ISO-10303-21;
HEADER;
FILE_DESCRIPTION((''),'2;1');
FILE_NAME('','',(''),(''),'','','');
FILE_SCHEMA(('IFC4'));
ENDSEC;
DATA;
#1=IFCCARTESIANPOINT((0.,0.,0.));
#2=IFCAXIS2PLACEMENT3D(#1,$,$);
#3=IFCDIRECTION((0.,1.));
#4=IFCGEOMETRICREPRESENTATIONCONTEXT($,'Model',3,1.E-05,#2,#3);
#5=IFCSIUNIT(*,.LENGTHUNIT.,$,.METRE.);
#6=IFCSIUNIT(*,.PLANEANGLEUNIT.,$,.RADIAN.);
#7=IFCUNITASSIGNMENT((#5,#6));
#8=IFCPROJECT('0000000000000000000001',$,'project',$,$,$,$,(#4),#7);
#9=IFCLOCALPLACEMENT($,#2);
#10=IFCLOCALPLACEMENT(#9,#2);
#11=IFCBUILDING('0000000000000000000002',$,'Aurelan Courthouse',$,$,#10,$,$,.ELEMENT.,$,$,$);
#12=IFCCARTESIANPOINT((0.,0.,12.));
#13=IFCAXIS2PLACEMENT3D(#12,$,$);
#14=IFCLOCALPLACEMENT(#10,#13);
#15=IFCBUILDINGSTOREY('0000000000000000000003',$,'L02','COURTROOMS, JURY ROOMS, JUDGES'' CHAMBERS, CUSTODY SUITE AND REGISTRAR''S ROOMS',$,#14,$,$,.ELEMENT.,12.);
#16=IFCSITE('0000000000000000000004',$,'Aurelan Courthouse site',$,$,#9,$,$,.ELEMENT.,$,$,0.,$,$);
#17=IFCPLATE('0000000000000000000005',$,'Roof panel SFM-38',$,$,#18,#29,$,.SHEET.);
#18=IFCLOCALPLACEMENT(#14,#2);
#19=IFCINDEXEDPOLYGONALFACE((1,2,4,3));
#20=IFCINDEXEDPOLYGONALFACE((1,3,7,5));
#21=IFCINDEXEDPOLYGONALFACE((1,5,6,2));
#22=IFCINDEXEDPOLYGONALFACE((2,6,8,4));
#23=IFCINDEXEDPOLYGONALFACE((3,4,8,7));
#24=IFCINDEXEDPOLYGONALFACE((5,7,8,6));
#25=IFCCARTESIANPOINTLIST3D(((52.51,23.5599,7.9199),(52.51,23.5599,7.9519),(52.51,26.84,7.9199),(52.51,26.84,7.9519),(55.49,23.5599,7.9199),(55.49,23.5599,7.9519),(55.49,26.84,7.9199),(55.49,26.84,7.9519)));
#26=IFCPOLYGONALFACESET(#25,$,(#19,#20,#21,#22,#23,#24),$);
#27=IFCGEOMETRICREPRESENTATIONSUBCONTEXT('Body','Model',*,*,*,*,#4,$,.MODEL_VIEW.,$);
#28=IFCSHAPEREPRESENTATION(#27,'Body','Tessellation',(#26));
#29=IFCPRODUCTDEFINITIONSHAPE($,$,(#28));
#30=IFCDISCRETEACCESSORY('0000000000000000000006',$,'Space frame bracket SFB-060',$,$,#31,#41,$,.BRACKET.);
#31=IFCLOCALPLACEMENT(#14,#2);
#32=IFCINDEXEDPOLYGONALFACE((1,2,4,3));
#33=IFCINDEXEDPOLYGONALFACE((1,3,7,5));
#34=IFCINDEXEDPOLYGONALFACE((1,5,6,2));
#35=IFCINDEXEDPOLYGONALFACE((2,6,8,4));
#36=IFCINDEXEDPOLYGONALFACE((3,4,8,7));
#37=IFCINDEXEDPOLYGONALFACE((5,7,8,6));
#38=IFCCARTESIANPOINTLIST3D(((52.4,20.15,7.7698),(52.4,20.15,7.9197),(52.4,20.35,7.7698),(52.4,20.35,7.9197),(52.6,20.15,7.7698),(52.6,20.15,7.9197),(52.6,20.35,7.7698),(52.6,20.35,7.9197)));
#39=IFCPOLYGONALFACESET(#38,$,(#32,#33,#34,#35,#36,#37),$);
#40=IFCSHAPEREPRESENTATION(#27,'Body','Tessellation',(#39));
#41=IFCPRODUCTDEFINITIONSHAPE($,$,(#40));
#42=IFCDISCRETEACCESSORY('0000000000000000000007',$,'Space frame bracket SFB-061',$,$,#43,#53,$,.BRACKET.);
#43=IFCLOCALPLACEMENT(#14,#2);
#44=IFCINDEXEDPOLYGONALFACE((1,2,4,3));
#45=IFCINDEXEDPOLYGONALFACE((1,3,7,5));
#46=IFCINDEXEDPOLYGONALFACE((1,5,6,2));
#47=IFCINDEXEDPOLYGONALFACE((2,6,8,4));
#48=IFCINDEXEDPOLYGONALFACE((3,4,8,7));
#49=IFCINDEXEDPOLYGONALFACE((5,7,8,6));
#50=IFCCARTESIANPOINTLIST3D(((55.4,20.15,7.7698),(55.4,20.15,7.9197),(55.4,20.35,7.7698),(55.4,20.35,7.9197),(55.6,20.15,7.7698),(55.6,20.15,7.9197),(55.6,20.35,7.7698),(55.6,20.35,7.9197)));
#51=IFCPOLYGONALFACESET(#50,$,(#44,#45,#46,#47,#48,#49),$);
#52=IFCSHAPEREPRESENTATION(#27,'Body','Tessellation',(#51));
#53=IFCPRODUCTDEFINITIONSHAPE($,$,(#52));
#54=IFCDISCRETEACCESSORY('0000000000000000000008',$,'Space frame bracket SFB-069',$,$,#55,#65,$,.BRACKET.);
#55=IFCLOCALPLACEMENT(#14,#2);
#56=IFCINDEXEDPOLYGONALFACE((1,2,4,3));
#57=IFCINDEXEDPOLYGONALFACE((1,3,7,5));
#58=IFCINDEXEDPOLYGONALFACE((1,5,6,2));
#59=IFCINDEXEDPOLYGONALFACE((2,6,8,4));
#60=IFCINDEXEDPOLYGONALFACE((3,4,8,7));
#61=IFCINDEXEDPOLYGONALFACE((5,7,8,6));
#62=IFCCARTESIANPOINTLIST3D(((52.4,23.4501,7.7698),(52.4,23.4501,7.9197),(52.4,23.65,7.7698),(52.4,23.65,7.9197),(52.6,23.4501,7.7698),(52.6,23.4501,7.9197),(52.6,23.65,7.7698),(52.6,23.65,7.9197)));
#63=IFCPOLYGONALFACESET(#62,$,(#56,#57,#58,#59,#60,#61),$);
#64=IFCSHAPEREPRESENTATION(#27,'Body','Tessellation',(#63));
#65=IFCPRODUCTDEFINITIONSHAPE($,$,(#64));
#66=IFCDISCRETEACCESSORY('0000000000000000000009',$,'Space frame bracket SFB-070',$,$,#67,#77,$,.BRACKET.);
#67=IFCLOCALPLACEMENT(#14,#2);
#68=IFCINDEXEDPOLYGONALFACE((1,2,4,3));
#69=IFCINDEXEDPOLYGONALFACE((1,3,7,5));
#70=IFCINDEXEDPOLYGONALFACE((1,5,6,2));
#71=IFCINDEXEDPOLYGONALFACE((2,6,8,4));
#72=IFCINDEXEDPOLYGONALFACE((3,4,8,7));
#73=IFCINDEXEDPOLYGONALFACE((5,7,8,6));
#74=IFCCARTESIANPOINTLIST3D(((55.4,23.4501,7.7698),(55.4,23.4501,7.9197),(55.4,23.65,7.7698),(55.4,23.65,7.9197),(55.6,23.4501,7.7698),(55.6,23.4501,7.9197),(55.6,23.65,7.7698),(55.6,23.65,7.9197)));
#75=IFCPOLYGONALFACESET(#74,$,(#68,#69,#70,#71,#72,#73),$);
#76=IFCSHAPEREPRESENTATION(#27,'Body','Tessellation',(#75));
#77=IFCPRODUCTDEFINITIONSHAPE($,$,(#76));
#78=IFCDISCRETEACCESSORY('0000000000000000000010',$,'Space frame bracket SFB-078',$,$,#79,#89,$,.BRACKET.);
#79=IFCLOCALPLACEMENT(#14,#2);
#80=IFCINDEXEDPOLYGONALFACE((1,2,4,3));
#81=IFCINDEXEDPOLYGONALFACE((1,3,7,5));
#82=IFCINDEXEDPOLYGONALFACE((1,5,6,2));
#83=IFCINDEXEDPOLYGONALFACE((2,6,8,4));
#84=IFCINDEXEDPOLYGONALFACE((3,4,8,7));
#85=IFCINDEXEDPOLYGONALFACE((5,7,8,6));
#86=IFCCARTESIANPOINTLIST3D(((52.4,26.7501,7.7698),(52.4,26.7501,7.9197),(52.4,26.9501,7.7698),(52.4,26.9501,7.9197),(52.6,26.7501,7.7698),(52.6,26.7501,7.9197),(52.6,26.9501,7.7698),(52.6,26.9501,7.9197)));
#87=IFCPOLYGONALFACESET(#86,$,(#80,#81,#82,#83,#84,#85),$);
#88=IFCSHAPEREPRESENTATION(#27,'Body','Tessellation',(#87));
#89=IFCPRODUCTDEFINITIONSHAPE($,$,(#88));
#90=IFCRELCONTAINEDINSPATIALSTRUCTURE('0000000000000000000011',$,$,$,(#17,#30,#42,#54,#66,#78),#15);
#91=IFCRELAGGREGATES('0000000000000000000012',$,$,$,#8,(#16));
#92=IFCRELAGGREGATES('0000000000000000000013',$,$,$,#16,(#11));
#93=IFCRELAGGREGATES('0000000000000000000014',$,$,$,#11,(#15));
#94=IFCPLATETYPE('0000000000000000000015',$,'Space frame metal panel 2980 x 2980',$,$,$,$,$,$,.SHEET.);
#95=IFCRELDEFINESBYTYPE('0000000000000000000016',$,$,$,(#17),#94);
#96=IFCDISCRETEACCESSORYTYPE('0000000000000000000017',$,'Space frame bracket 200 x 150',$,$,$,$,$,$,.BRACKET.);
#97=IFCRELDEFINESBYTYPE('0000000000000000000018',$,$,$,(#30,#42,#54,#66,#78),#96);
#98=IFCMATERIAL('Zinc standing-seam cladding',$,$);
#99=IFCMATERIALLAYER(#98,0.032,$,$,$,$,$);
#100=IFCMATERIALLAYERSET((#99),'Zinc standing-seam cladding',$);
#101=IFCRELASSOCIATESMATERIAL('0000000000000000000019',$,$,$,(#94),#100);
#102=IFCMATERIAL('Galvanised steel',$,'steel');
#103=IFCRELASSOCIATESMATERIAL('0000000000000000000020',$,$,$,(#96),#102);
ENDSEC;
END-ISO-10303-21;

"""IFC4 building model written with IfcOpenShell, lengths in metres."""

from ifc_helpers import new_model, si_unit, direction, frame, origin, origin_2d, place, context, subcontext, project, spatial, rectangle, extrude, material, layer, layer_set, type_object, element, save


model = new_model("IFC4")

# Units and contexts
model_context = context("Model", 3, precision=1e-05, world=origin(), true_north=direction((0.0, 1.0)))
body_context = subcontext(model_context, "Body", "Model", "MODEL_VIEW")
ifc_project = project(units=[si_unit("LENGTHUNIT", "METRE"), si_unit("PLANEANGLEUNIT", "RADIAN")], contexts=[model_context])

# Site, building, storey
site_placement = place(None, origin())
site = spatial("IfcSite", under=ifc_project, at=site_placement, Name="Aurelan Courthouse site", CompositionType="ELEMENT", RefElevation=0.0)
building_placement = place(site_placement, origin())
building = spatial("IfcBuilding", under=site, at=building_placement, Name="Aurelan Courthouse", CompositionType="ELEMENT")
storey_placement = place(building_placement, frame((0.0, 0.0, 12.0)))
storey = spatial("IfcBuildingStorey", under=building, at=storey_placement, Name="L02", Description="COURTROOMS, JURY ROOMS, JUDGES' CHAMBERS, CUSTODY SUITE AND REGISTRAR'S ROOMS", CompositionType="ELEMENT", Elevation=12.0)

# Plate
ifc_material_1 = material(Name="Zinc standing-seam cladding")
ifc_layer_1 = layer(ifc_material_1, 0.032)
ifc_layer_set_1 = layer_set([ifc_layer_1], Name="Zinc standing-seam cladding")
plate_type_1 = type_object("IfcPlateType", Name="Space frame metal panel 2980 x 2980", PredefinedType="SHEET", material=ifc_layer_set_1)
plate_1_placement = place(storey_placement, frame((54.0, 25.2, 7.9199), z_axis=(0.0, 0.0, 1.0), x_axis=(1.0, 0.0, 0.0)))
element("IfcPlate", 1, at=plate_1_placement, inside=storey, type_object=plate_type_1, Name="Roof panel SFM-38", PredefinedType="SHEET", context=body_context, shape_type="SweptSolid", body=[
    extrude(rectangle(XDim=2.98, YDim=3.28, at=origin_2d()), origin(), (0.0, 0.0, 1.0), 0.032),
])

# Discrete accessories
ifc_material_2 = material(Name="Galvanised steel", Category="steel")
discrete_accessory_type = type_object("IfcDiscreteAccessoryType", Name="Space frame bracket 200 x 150", PredefinedType="BRACKET", material=ifc_material_2)
for number, where, z_axis, x_axis, name in (
    (2, (52.5, 20.25, 7.7698), (0.0, 0.0, 1.0), (1.0, 0.0, 0.0), "Space frame bracket SFB-060"),
    (3, (55.5, 20.25, 7.7698), (0.0, 0.0, 1.0), (1.0, 0.0, 0.0), "Space frame bracket SFB-061"),
    (4, (52.5, 23.55, 7.7698), (0.0, 0.0, 1.0), (1.0, 0.0, 0.0), "Space frame bracket SFB-069"),
    (5, (55.5, 23.55, 7.7698), (0.0, 0.0, 1.0), (1.0, 0.0, 0.0), "Space frame bracket SFB-070"),
    (6, (52.5, 26.8501, 7.7698), (0.0, 0.0, 1.0), (1.0, 0.0, 0.0), "Space frame bracket SFB-078"),
):
    element("IfcDiscreteAccessory", number, at=place(storey_placement, frame(where, z_axis=z_axis, x_axis=x_axis)), inside=storey, type_object=discrete_accessory_type, Name=name, PredefinedType="BRACKET", context=body_context, shape_type="SweptSolid", body=[
        extrude(rectangle(XDim=0.2, YDim=0.2, at=origin_2d()), origin(), (0.0, 0.0, 1.0), 0.1499),
    ])

save(model, "model.ifc")
